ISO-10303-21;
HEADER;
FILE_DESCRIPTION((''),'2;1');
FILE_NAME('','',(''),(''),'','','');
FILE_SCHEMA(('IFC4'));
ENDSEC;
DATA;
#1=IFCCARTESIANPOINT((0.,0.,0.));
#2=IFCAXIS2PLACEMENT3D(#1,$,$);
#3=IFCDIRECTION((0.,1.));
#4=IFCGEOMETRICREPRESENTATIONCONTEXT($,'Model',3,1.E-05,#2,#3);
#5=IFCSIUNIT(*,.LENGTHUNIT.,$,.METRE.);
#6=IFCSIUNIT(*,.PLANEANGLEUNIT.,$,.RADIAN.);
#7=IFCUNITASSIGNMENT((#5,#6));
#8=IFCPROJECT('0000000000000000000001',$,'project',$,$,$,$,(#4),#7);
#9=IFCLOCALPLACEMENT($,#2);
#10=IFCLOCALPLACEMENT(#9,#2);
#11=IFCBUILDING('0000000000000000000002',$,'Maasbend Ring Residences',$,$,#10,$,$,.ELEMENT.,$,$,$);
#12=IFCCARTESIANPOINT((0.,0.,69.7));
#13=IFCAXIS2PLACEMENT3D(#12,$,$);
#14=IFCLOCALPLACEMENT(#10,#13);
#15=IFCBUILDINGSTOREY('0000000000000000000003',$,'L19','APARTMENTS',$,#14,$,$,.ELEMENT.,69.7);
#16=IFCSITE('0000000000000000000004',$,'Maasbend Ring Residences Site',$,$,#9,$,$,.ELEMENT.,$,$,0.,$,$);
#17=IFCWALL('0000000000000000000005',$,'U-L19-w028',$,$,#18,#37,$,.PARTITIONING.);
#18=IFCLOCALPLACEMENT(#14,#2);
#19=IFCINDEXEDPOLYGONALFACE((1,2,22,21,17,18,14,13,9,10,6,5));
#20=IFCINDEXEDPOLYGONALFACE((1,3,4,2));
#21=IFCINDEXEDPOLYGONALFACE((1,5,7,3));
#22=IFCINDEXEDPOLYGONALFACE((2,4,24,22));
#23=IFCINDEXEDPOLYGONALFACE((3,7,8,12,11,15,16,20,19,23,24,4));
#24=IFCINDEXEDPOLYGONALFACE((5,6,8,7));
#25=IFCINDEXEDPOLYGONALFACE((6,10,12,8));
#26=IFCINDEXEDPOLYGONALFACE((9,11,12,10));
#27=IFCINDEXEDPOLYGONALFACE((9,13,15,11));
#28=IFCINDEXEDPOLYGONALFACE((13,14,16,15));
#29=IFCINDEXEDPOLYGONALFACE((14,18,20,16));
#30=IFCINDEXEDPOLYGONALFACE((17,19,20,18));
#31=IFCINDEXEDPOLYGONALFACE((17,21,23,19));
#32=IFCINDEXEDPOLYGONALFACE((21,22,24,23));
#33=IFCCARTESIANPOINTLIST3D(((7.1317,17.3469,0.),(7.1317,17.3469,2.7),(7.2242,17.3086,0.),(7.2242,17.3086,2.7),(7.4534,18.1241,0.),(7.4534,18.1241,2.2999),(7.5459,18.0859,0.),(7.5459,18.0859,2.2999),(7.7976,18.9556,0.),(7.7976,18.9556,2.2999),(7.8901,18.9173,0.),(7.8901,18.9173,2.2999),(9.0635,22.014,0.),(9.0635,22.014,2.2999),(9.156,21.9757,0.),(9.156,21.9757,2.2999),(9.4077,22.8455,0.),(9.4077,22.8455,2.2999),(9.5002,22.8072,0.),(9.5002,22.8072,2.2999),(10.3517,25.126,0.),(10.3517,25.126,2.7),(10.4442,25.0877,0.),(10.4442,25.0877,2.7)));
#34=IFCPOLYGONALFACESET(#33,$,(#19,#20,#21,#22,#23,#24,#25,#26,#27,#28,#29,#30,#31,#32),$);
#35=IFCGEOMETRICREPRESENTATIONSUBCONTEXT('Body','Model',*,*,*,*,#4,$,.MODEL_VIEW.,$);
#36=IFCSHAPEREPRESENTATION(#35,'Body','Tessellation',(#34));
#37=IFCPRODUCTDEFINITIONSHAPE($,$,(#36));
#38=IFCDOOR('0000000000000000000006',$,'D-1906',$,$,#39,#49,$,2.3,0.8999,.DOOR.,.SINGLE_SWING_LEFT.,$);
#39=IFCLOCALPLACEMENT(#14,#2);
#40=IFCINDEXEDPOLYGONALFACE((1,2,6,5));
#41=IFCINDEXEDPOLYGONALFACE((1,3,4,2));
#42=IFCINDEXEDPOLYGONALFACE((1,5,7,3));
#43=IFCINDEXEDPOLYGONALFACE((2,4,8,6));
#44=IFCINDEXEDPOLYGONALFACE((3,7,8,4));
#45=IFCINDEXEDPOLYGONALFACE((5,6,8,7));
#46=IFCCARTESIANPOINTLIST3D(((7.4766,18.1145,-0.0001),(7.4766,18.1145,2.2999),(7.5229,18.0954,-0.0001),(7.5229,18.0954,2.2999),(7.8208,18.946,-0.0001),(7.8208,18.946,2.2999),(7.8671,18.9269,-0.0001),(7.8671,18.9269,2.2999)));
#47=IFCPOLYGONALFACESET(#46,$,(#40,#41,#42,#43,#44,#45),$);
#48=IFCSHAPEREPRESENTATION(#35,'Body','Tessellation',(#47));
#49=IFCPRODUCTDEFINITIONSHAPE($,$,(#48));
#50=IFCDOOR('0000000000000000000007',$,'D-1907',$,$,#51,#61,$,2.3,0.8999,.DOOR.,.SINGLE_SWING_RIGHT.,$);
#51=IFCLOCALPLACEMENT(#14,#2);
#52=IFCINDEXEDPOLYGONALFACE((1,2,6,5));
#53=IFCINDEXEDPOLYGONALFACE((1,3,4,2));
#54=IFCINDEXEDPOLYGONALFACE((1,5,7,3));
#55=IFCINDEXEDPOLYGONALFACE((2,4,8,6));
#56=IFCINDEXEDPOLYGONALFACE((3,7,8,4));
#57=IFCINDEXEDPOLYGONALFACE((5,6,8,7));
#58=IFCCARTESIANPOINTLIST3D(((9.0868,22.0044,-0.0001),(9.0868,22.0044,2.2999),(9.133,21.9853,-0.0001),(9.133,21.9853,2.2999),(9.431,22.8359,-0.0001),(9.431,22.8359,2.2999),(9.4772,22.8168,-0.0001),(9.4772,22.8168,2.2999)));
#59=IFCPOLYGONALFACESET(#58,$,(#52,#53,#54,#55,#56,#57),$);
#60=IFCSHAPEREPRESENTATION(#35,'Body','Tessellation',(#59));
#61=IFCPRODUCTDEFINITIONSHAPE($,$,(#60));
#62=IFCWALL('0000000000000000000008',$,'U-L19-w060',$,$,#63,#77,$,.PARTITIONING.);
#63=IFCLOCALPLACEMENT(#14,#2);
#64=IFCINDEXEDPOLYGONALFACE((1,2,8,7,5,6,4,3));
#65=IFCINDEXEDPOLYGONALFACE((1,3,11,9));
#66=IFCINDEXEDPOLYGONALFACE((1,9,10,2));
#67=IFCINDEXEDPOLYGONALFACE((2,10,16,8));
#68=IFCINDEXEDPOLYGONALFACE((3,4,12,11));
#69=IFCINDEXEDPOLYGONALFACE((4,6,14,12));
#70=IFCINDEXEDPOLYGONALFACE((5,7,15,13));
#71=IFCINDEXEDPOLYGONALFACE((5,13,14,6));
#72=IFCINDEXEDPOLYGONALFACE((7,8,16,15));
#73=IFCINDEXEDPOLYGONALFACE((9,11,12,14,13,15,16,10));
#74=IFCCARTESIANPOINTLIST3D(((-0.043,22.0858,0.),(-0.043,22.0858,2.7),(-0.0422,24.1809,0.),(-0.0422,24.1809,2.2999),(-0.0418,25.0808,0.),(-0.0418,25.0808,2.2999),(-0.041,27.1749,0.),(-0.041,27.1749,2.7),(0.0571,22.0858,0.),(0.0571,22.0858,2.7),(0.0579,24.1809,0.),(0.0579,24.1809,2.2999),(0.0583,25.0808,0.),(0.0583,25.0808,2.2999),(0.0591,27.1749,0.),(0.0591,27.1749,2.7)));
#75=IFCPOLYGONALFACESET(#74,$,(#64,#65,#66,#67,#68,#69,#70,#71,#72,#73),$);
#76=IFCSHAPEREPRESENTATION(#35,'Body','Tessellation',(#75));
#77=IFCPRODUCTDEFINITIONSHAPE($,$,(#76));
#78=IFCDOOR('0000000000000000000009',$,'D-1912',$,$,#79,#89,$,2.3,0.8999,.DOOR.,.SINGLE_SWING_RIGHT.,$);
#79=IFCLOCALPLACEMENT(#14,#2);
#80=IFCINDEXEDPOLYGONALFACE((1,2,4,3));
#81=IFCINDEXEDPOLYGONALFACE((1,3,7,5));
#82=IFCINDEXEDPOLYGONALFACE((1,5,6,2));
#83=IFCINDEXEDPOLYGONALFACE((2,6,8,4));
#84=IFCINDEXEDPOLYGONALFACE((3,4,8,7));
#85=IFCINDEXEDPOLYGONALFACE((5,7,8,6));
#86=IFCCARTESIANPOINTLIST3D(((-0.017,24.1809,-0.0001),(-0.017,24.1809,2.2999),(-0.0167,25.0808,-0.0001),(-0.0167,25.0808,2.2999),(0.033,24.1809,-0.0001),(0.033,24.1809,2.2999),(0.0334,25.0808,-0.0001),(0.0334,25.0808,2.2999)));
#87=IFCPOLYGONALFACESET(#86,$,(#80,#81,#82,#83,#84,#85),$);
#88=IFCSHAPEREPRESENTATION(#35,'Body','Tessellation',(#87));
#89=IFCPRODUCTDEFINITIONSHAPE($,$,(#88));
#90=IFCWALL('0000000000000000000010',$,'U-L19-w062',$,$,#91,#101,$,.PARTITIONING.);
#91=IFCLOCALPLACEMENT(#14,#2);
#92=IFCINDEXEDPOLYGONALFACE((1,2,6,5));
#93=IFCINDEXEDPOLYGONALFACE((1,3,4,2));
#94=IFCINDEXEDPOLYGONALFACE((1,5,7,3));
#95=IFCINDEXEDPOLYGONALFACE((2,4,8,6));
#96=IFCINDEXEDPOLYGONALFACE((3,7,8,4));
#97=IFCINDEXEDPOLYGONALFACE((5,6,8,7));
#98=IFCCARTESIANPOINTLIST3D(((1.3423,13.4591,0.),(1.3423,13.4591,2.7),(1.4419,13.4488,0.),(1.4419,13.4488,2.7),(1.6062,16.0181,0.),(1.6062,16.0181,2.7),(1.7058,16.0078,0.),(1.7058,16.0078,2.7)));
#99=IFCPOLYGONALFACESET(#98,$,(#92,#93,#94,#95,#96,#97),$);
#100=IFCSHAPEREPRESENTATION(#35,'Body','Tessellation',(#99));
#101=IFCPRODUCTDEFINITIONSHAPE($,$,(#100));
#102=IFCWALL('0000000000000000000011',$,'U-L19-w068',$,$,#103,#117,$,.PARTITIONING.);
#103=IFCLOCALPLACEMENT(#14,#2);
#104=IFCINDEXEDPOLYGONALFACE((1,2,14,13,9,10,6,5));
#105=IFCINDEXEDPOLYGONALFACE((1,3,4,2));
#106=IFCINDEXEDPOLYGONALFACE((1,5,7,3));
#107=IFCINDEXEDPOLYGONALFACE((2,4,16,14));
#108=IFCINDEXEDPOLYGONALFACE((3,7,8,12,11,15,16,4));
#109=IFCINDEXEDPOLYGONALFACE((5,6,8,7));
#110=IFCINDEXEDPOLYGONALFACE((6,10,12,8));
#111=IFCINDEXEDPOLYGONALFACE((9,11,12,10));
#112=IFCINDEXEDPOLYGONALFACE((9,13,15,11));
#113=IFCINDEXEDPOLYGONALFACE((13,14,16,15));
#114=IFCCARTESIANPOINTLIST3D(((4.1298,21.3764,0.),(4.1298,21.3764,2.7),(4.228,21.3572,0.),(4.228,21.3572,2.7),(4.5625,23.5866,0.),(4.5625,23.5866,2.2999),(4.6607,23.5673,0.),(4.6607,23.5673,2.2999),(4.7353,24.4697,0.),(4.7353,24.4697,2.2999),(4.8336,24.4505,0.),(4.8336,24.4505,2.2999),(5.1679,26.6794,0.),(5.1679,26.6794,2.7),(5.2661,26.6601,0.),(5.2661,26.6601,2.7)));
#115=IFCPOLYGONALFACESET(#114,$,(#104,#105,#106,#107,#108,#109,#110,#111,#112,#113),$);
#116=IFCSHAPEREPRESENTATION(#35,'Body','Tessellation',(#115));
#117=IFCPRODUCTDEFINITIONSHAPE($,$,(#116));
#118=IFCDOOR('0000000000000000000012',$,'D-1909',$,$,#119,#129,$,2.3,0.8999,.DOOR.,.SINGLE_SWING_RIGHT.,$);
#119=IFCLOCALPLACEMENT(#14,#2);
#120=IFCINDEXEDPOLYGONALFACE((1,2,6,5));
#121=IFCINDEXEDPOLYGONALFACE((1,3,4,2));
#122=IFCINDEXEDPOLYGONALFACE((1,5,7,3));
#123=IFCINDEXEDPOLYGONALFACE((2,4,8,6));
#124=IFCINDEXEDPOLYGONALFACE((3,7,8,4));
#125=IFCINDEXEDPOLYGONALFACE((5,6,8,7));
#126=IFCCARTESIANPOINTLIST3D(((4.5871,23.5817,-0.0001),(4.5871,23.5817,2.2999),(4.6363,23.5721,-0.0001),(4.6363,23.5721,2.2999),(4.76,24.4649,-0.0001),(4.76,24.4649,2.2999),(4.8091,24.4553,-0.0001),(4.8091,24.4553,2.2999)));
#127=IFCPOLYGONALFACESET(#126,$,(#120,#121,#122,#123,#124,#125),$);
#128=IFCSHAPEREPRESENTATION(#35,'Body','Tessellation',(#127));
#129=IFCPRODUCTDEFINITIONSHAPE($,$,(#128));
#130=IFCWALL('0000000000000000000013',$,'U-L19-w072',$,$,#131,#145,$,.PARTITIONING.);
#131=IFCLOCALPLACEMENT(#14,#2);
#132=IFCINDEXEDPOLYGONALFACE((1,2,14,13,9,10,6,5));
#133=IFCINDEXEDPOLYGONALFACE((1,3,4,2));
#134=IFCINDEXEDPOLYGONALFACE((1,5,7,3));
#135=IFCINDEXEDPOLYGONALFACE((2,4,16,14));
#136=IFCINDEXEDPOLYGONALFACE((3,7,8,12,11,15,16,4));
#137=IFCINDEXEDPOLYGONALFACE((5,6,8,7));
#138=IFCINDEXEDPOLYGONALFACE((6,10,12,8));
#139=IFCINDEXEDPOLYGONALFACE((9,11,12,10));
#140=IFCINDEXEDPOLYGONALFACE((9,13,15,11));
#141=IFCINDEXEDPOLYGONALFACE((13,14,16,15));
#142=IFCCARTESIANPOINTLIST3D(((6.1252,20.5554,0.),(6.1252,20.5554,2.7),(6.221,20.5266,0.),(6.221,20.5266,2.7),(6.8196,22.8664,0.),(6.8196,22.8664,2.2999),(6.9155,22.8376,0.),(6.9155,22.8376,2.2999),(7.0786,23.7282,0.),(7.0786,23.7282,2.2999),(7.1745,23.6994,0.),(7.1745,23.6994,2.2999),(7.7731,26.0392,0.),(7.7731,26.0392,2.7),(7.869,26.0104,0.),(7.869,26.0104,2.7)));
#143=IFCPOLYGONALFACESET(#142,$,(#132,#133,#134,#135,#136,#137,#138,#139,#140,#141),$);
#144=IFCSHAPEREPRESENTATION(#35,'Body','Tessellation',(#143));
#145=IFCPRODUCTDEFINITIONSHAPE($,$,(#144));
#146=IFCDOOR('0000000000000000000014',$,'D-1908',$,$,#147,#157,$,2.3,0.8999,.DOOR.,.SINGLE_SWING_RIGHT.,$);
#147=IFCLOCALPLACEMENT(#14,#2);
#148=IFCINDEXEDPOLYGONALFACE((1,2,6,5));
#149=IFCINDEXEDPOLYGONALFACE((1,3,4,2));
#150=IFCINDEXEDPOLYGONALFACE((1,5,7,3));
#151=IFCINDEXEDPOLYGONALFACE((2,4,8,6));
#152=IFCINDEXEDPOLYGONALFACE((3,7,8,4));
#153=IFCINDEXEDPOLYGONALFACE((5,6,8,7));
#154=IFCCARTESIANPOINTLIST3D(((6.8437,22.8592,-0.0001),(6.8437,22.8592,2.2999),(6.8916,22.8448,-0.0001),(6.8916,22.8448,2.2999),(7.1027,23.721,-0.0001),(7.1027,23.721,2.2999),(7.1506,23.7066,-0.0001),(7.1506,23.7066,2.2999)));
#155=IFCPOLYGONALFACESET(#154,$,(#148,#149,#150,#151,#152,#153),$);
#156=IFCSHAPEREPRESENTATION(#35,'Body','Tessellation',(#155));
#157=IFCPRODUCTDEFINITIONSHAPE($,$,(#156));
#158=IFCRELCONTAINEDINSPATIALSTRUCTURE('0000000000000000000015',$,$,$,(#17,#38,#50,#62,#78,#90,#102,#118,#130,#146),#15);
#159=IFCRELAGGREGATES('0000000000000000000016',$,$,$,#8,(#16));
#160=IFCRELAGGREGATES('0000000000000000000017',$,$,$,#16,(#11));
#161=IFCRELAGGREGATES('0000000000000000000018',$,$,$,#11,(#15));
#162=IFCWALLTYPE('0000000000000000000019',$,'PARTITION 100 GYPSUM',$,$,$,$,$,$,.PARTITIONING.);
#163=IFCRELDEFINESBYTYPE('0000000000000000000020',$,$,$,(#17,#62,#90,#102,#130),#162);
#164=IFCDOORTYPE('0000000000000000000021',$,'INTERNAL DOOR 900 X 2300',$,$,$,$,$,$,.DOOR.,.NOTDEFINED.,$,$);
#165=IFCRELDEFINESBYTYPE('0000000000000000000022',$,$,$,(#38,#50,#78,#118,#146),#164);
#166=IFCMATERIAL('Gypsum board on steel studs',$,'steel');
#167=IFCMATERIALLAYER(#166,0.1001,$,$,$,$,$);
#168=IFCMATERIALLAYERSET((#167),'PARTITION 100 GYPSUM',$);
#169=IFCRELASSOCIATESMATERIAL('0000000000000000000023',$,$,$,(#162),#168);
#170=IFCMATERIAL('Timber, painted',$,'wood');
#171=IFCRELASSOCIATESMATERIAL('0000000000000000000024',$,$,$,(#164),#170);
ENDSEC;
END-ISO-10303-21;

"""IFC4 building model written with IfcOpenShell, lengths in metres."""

from ifc_helpers import new_model, si_unit, direction, frame, frame_2d, origin, place, context, subcontext, project, spatial, rectangle, extrude, material, layer, layer_set, type_object, element, fill, save


model = new_model("IFC4")

# Units and contexts
model_context = context("Model", 3, precision=1e-05, world=origin(), true_north=direction((0.0, 1.0)))
body_context = subcontext(model_context, "Body", "Model", "MODEL_VIEW")
ifc_project = project(units=[si_unit("LENGTHUNIT", "METRE"), si_unit("PLANEANGLEUNIT", "RADIAN")], contexts=[model_context])

# Site, building, storey
site_placement = place(None, origin())
site = spatial("IfcSite", under=ifc_project, at=site_placement, Name="Maasbend Ring Residences Site", CompositionType="ELEMENT", RefElevation=0.0)
building_placement = place(site_placement, origin())
building = spatial("IfcBuilding", under=site, at=building_placement, Name="Maasbend Ring Residences", CompositionType="ELEMENT")
storey_placement = place(building_placement, frame((0.0, 0.0, 69.7)))
storey = spatial("IfcBuildingStorey", under=building, at=storey_placement, Name="L19", Description="APARTMENTS", CompositionType="ELEMENT", Elevation=69.7)

# Wall, openings, doors
ifc_material_1 = material(Name="Gypsum board on steel studs", Category="steel")
ifc_layer_1 = layer(ifc_material_1, 0.1001)
ifc_layer_set_1 = layer_set([ifc_layer_1], Name="PARTITION 100 GYPSUM")
wall_type_1 = type_object("IfcWallType", Name="PARTITION 100 GYPSUM", PredefinedType="PARTITIONING", material=ifc_layer_set_1)
wall_1_placement = place(storey_placement, frame((7.178, 17.3279, 0.0), z_axis=(0.0, 0.0, 1.0), x_axis=(0.382459, 0.923973, 0.0)))
wall_1 = element("IfcWall", 1, at=wall_1_placement, inside=storey, type_object=wall_type_1, Name="U-L19-w028", PredefinedType="PARTITIONING", context=body_context, shape_type="SweptSolid", body=[
    extrude(rectangle(XDim=8.4192, YDim=0.1001, at=frame_2d((4.2095, 0.0))), origin(), (0.0, 0.0, 1.0), 2.7),
])
opening_1_placement = place(wall_1_placement, frame((0.8411, 0.0, 0.0)))
opening_1 = element("IfcOpeningElement", 2, at=opening_1_placement, cuts=wall_1, PredefinedType="OPENING", context=body_context, shape_type="SweptSolid", body=[
    extrude(rectangle(XDim=0.8999, YDim=2.3, at=frame_2d((0.45, 1.1499))), frame((0.0, 0.0601, 0.0), z_axis=(0.0, -1.0, 0.0), x_axis=(1.0, 0.0, 0.0)), (0.0, 0.0, 1.0), 0.1201),
])
opening_2_placement = place(wall_1_placement, frame((5.051, 0.0, 0.0)))
opening_2 = element("IfcOpeningElement", 3, at=opening_2_placement, cuts=wall_1, PredefinedType="OPENING", context=body_context, shape_type="SweptSolid", body=[
    extrude(rectangle(XDim=0.8999, YDim=2.3, at=frame_2d((0.45, 1.1499))), frame((0.0, 0.0601, 0.0), z_axis=(0.0, -1.0, 0.0), x_axis=(1.0, 0.0, 0.0)), (0.0, 0.0, 1.0), 0.1201),
])
ifc_material_2 = material(Name="Timber, painted", Category="wood")
door_type_1 = type_object("IfcDoorType", Name="INTERNAL DOOR 900 X 2300", OperationType="NOTDEFINED", PredefinedType="DOOR", material=ifc_material_2)
door_1_placement = place(opening_1_placement, origin())
door_1 = element("IfcDoor", 4, at=door_1_placement, inside=storey, type_object=door_type_1, Name="D-1906", OperationType="SINGLE_SWING_LEFT", OverallHeight=2.3, OverallWidth=0.8999, PredefinedType="DOOR", context=body_context, shape_type="SweptSolid", body=[
    extrude(rectangle(XDim=0.8999, YDim=2.3, at=frame_2d((0.45, 1.1499))), frame((0.0, 0.0249, 0.0), z_axis=(0.0, -1.0, 0.0), x_axis=(1.0, 0.0, 0.0)), (0.0, 0.0, 1.0), 0.05),
])
fill(opening_1, door_1)
door_2_placement = place(opening_2_placement, origin())
door_2 = element("IfcDoor", 5, at=door_2_placement, inside=storey, type_object=door_type_1, Name="D-1907", OperationType="SINGLE_SWING_RIGHT", OverallHeight=2.3, OverallWidth=0.8999, PredefinedType="DOOR", context=body_context, shape_type="SweptSolid", body=[
    extrude(rectangle(XDim=0.8999, YDim=2.3, at=frame_2d((0.45, 1.1499))), frame((0.0, 0.0249, 0.0), z_axis=(0.0, -1.0, 0.0), x_axis=(1.0, 0.0, 0.0)), (0.0, 0.0, 1.0), 0.05),
])
fill(opening_2, door_2)

# Wall, opening, door
wall_2_placement = place(storey_placement, frame((0.0071, 22.0859, 0.0), z_axis=(0.0, 0.0, 1.0), x_axis=(0.000384, 1.0, 0.0)))
wall_2 = element("IfcWall", 6, at=wall_2_placement, inside=storey, type_object=wall_type_1, Name="U-L19-w060", PredefinedType="PARTITIONING", context=body_context, shape_type="SweptSolid", body=[
    extrude(rectangle(XDim=5.0891, YDim=0.1001, at=frame_2d((2.5444, 0.0))), origin(), (0.0, 0.0, 1.0), 2.7),
])
opening_3_placement = place(wall_2_placement, frame((2.095, 0.0, 0.0)))
opening_3 = element("IfcOpeningElement", 7, at=opening_3_placement, cuts=wall_2, PredefinedType="OPENING", context=body_context, shape_type="SweptSolid", body=[
    extrude(rectangle(XDim=0.8999, YDim=2.3, at=frame_2d((0.45, 1.1499))), frame((0.0, 0.0601, 0.0), z_axis=(0.0, -1.0, 0.0), x_axis=(1.0, 0.0, 0.0)), (0.0, 0.0, 1.0), 0.1201),
])
door_3_placement = place(opening_3_placement, origin())
door_3 = element("IfcDoor", 8, at=door_3_placement, inside=storey, type_object=door_type_1, Name="D-1912", OperationType="SINGLE_SWING_RIGHT", OverallHeight=2.3, OverallWidth=0.8999, PredefinedType="DOOR", context=body_context, shape_type="SweptSolid", body=[
    extrude(rectangle(XDim=0.8999, YDim=2.3, at=frame_2d((0.45, 1.1499))), frame((0.0, 0.0249, 0.0), z_axis=(0.0, -1.0, 0.0), x_axis=(1.0, 0.0, 0.0)), (0.0, 0.0, 1.0), 0.05),
])
fill(opening_3, door_3)

# Wall
wall_3_placement = place(storey_placement, frame((1.3921, 13.4541, 0.0), z_axis=(0.0, 0.0, 1.0), x_axis=(0.102595, 0.994723, 0.0)))
element("IfcWall", 9, at=wall_3_placement, inside=storey, type_object=wall_type_1, Name="U-L19-w062", PredefinedType="PARTITIONING", context=body_context, shape_type="SweptSolid", body=[
    extrude(rectangle(XDim=2.5725, YDim=0.1001, at=frame_2d((1.2861, 0.0))), origin(), (0.0, 0.0, 1.0), 2.7),
])

# Walls, openings, doors
wall_4_placement = place(storey_placement, frame((4.179, 21.3669, 0.0), z_axis=(0.0, 0.0, 1.0), x_axis=(0.192109, 0.981374, 0.0)))
wall_4 = element("IfcWall", 10, at=wall_4_placement, inside=storey, type_object=wall_type_1, Name="U-L19-w068", PredefinedType="PARTITIONING", context=body_context, shape_type="SweptSolid", body=[
    extrude(rectangle(XDim=5.4036, YDim=0.1001, at=frame_2d((2.7017, 0.0))), origin(), (0.0, 0.0, 1.0), 2.7),
])
opening_4_placement = place(wall_4_placement, frame((2.252, 0.0, 0.0)))
opening_4 = element("IfcOpeningElement", 11, at=opening_4_placement, cuts=wall_4, PredefinedType="OPENING", context=body_context, shape_type="SweptSolid", body=[
    extrude(rectangle(XDim=0.8999, YDim=2.3, at=frame_2d((0.45, 1.1499))), frame((0.0, 0.0601, 0.0), z_axis=(0.0, -1.0, 0.0), x_axis=(1.0, 0.0, 0.0)), (0.0, 0.0, 1.0), 0.1201),
])
door_4_placement = place(opening_4_placement, origin())
door_4 = element("IfcDoor", 12, at=door_4_placement, inside=storey, type_object=door_type_1, Name="D-1909", OperationType="SINGLE_SWING_RIGHT", OverallHeight=2.3, OverallWidth=0.8999, PredefinedType="DOOR", context=body_context, shape_type="SweptSolid", body=[
    extrude(rectangle(XDim=0.8999, YDim=2.3, at=frame_2d((0.45, 1.1499))), frame((0.0, 0.0249, 0.0), z_axis=(0.0, -1.0, 0.0), x_axis=(1.0, 0.0, 0.0)), (0.0, 0.0, 1.0), 0.05),
])
fill(opening_4, door_4)
wall_5_placement = place(storey_placement, frame((6.1731, 20.541, 0.0), z_axis=(0.0, 0.0, 1.0), x_axis=(0.287794, 0.957692, 0.0)))
wall_5 = element("IfcWall", 13, at=wall_5_placement, inside=storey, type_object=wall_type_1, Name="U-L19-w072", PredefinedType="PARTITIONING", context=body_context, shape_type="SweptSolid", body=[
    extrude(rectangle(XDim=5.7261, YDim=0.1001, at=frame_2d((2.863, 0.0))), origin(), (0.0, 0.0, 1.0), 2.7),
])
opening_5_placement = place(wall_5_placement, frame((2.4131, 0.0, 0.0)))
opening_5 = element("IfcOpeningElement", 14, at=opening_5_placement, cuts=wall_5, PredefinedType="OPENING", context=body_context, shape_type="SweptSolid", body=[
    extrude(rectangle(XDim=0.8999, YDim=2.3, at=frame_2d((0.45, 1.1499))), frame((0.0, 0.0601, 0.0), z_axis=(0.0, -1.0, 0.0), x_axis=(1.0, 0.0, 0.0)), (0.0, 0.0, 1.0), 0.1201),
])
door_5_placement = place(opening_5_placement, origin())
door_5 = element("IfcDoor", 15, at=door_5_placement, inside=storey, type_object=door_type_1, Name="D-1908", OperationType="SINGLE_SWING_RIGHT", OverallHeight=2.3, OverallWidth=0.8999, PredefinedType="DOOR", context=body_context, shape_type="SweptSolid", body=[
    extrude(rectangle(XDim=0.8999, YDim=2.3, at=frame_2d((0.45, 1.1499))), frame((0.0, 0.0249, 0.0), z_axis=(0.0, -1.0, 0.0), x_axis=(1.0, 0.0, 0.0)), (0.0, 0.0, 1.0), 0.05),
])
fill(opening_5, door_5)

save(model, "model.ifc")
